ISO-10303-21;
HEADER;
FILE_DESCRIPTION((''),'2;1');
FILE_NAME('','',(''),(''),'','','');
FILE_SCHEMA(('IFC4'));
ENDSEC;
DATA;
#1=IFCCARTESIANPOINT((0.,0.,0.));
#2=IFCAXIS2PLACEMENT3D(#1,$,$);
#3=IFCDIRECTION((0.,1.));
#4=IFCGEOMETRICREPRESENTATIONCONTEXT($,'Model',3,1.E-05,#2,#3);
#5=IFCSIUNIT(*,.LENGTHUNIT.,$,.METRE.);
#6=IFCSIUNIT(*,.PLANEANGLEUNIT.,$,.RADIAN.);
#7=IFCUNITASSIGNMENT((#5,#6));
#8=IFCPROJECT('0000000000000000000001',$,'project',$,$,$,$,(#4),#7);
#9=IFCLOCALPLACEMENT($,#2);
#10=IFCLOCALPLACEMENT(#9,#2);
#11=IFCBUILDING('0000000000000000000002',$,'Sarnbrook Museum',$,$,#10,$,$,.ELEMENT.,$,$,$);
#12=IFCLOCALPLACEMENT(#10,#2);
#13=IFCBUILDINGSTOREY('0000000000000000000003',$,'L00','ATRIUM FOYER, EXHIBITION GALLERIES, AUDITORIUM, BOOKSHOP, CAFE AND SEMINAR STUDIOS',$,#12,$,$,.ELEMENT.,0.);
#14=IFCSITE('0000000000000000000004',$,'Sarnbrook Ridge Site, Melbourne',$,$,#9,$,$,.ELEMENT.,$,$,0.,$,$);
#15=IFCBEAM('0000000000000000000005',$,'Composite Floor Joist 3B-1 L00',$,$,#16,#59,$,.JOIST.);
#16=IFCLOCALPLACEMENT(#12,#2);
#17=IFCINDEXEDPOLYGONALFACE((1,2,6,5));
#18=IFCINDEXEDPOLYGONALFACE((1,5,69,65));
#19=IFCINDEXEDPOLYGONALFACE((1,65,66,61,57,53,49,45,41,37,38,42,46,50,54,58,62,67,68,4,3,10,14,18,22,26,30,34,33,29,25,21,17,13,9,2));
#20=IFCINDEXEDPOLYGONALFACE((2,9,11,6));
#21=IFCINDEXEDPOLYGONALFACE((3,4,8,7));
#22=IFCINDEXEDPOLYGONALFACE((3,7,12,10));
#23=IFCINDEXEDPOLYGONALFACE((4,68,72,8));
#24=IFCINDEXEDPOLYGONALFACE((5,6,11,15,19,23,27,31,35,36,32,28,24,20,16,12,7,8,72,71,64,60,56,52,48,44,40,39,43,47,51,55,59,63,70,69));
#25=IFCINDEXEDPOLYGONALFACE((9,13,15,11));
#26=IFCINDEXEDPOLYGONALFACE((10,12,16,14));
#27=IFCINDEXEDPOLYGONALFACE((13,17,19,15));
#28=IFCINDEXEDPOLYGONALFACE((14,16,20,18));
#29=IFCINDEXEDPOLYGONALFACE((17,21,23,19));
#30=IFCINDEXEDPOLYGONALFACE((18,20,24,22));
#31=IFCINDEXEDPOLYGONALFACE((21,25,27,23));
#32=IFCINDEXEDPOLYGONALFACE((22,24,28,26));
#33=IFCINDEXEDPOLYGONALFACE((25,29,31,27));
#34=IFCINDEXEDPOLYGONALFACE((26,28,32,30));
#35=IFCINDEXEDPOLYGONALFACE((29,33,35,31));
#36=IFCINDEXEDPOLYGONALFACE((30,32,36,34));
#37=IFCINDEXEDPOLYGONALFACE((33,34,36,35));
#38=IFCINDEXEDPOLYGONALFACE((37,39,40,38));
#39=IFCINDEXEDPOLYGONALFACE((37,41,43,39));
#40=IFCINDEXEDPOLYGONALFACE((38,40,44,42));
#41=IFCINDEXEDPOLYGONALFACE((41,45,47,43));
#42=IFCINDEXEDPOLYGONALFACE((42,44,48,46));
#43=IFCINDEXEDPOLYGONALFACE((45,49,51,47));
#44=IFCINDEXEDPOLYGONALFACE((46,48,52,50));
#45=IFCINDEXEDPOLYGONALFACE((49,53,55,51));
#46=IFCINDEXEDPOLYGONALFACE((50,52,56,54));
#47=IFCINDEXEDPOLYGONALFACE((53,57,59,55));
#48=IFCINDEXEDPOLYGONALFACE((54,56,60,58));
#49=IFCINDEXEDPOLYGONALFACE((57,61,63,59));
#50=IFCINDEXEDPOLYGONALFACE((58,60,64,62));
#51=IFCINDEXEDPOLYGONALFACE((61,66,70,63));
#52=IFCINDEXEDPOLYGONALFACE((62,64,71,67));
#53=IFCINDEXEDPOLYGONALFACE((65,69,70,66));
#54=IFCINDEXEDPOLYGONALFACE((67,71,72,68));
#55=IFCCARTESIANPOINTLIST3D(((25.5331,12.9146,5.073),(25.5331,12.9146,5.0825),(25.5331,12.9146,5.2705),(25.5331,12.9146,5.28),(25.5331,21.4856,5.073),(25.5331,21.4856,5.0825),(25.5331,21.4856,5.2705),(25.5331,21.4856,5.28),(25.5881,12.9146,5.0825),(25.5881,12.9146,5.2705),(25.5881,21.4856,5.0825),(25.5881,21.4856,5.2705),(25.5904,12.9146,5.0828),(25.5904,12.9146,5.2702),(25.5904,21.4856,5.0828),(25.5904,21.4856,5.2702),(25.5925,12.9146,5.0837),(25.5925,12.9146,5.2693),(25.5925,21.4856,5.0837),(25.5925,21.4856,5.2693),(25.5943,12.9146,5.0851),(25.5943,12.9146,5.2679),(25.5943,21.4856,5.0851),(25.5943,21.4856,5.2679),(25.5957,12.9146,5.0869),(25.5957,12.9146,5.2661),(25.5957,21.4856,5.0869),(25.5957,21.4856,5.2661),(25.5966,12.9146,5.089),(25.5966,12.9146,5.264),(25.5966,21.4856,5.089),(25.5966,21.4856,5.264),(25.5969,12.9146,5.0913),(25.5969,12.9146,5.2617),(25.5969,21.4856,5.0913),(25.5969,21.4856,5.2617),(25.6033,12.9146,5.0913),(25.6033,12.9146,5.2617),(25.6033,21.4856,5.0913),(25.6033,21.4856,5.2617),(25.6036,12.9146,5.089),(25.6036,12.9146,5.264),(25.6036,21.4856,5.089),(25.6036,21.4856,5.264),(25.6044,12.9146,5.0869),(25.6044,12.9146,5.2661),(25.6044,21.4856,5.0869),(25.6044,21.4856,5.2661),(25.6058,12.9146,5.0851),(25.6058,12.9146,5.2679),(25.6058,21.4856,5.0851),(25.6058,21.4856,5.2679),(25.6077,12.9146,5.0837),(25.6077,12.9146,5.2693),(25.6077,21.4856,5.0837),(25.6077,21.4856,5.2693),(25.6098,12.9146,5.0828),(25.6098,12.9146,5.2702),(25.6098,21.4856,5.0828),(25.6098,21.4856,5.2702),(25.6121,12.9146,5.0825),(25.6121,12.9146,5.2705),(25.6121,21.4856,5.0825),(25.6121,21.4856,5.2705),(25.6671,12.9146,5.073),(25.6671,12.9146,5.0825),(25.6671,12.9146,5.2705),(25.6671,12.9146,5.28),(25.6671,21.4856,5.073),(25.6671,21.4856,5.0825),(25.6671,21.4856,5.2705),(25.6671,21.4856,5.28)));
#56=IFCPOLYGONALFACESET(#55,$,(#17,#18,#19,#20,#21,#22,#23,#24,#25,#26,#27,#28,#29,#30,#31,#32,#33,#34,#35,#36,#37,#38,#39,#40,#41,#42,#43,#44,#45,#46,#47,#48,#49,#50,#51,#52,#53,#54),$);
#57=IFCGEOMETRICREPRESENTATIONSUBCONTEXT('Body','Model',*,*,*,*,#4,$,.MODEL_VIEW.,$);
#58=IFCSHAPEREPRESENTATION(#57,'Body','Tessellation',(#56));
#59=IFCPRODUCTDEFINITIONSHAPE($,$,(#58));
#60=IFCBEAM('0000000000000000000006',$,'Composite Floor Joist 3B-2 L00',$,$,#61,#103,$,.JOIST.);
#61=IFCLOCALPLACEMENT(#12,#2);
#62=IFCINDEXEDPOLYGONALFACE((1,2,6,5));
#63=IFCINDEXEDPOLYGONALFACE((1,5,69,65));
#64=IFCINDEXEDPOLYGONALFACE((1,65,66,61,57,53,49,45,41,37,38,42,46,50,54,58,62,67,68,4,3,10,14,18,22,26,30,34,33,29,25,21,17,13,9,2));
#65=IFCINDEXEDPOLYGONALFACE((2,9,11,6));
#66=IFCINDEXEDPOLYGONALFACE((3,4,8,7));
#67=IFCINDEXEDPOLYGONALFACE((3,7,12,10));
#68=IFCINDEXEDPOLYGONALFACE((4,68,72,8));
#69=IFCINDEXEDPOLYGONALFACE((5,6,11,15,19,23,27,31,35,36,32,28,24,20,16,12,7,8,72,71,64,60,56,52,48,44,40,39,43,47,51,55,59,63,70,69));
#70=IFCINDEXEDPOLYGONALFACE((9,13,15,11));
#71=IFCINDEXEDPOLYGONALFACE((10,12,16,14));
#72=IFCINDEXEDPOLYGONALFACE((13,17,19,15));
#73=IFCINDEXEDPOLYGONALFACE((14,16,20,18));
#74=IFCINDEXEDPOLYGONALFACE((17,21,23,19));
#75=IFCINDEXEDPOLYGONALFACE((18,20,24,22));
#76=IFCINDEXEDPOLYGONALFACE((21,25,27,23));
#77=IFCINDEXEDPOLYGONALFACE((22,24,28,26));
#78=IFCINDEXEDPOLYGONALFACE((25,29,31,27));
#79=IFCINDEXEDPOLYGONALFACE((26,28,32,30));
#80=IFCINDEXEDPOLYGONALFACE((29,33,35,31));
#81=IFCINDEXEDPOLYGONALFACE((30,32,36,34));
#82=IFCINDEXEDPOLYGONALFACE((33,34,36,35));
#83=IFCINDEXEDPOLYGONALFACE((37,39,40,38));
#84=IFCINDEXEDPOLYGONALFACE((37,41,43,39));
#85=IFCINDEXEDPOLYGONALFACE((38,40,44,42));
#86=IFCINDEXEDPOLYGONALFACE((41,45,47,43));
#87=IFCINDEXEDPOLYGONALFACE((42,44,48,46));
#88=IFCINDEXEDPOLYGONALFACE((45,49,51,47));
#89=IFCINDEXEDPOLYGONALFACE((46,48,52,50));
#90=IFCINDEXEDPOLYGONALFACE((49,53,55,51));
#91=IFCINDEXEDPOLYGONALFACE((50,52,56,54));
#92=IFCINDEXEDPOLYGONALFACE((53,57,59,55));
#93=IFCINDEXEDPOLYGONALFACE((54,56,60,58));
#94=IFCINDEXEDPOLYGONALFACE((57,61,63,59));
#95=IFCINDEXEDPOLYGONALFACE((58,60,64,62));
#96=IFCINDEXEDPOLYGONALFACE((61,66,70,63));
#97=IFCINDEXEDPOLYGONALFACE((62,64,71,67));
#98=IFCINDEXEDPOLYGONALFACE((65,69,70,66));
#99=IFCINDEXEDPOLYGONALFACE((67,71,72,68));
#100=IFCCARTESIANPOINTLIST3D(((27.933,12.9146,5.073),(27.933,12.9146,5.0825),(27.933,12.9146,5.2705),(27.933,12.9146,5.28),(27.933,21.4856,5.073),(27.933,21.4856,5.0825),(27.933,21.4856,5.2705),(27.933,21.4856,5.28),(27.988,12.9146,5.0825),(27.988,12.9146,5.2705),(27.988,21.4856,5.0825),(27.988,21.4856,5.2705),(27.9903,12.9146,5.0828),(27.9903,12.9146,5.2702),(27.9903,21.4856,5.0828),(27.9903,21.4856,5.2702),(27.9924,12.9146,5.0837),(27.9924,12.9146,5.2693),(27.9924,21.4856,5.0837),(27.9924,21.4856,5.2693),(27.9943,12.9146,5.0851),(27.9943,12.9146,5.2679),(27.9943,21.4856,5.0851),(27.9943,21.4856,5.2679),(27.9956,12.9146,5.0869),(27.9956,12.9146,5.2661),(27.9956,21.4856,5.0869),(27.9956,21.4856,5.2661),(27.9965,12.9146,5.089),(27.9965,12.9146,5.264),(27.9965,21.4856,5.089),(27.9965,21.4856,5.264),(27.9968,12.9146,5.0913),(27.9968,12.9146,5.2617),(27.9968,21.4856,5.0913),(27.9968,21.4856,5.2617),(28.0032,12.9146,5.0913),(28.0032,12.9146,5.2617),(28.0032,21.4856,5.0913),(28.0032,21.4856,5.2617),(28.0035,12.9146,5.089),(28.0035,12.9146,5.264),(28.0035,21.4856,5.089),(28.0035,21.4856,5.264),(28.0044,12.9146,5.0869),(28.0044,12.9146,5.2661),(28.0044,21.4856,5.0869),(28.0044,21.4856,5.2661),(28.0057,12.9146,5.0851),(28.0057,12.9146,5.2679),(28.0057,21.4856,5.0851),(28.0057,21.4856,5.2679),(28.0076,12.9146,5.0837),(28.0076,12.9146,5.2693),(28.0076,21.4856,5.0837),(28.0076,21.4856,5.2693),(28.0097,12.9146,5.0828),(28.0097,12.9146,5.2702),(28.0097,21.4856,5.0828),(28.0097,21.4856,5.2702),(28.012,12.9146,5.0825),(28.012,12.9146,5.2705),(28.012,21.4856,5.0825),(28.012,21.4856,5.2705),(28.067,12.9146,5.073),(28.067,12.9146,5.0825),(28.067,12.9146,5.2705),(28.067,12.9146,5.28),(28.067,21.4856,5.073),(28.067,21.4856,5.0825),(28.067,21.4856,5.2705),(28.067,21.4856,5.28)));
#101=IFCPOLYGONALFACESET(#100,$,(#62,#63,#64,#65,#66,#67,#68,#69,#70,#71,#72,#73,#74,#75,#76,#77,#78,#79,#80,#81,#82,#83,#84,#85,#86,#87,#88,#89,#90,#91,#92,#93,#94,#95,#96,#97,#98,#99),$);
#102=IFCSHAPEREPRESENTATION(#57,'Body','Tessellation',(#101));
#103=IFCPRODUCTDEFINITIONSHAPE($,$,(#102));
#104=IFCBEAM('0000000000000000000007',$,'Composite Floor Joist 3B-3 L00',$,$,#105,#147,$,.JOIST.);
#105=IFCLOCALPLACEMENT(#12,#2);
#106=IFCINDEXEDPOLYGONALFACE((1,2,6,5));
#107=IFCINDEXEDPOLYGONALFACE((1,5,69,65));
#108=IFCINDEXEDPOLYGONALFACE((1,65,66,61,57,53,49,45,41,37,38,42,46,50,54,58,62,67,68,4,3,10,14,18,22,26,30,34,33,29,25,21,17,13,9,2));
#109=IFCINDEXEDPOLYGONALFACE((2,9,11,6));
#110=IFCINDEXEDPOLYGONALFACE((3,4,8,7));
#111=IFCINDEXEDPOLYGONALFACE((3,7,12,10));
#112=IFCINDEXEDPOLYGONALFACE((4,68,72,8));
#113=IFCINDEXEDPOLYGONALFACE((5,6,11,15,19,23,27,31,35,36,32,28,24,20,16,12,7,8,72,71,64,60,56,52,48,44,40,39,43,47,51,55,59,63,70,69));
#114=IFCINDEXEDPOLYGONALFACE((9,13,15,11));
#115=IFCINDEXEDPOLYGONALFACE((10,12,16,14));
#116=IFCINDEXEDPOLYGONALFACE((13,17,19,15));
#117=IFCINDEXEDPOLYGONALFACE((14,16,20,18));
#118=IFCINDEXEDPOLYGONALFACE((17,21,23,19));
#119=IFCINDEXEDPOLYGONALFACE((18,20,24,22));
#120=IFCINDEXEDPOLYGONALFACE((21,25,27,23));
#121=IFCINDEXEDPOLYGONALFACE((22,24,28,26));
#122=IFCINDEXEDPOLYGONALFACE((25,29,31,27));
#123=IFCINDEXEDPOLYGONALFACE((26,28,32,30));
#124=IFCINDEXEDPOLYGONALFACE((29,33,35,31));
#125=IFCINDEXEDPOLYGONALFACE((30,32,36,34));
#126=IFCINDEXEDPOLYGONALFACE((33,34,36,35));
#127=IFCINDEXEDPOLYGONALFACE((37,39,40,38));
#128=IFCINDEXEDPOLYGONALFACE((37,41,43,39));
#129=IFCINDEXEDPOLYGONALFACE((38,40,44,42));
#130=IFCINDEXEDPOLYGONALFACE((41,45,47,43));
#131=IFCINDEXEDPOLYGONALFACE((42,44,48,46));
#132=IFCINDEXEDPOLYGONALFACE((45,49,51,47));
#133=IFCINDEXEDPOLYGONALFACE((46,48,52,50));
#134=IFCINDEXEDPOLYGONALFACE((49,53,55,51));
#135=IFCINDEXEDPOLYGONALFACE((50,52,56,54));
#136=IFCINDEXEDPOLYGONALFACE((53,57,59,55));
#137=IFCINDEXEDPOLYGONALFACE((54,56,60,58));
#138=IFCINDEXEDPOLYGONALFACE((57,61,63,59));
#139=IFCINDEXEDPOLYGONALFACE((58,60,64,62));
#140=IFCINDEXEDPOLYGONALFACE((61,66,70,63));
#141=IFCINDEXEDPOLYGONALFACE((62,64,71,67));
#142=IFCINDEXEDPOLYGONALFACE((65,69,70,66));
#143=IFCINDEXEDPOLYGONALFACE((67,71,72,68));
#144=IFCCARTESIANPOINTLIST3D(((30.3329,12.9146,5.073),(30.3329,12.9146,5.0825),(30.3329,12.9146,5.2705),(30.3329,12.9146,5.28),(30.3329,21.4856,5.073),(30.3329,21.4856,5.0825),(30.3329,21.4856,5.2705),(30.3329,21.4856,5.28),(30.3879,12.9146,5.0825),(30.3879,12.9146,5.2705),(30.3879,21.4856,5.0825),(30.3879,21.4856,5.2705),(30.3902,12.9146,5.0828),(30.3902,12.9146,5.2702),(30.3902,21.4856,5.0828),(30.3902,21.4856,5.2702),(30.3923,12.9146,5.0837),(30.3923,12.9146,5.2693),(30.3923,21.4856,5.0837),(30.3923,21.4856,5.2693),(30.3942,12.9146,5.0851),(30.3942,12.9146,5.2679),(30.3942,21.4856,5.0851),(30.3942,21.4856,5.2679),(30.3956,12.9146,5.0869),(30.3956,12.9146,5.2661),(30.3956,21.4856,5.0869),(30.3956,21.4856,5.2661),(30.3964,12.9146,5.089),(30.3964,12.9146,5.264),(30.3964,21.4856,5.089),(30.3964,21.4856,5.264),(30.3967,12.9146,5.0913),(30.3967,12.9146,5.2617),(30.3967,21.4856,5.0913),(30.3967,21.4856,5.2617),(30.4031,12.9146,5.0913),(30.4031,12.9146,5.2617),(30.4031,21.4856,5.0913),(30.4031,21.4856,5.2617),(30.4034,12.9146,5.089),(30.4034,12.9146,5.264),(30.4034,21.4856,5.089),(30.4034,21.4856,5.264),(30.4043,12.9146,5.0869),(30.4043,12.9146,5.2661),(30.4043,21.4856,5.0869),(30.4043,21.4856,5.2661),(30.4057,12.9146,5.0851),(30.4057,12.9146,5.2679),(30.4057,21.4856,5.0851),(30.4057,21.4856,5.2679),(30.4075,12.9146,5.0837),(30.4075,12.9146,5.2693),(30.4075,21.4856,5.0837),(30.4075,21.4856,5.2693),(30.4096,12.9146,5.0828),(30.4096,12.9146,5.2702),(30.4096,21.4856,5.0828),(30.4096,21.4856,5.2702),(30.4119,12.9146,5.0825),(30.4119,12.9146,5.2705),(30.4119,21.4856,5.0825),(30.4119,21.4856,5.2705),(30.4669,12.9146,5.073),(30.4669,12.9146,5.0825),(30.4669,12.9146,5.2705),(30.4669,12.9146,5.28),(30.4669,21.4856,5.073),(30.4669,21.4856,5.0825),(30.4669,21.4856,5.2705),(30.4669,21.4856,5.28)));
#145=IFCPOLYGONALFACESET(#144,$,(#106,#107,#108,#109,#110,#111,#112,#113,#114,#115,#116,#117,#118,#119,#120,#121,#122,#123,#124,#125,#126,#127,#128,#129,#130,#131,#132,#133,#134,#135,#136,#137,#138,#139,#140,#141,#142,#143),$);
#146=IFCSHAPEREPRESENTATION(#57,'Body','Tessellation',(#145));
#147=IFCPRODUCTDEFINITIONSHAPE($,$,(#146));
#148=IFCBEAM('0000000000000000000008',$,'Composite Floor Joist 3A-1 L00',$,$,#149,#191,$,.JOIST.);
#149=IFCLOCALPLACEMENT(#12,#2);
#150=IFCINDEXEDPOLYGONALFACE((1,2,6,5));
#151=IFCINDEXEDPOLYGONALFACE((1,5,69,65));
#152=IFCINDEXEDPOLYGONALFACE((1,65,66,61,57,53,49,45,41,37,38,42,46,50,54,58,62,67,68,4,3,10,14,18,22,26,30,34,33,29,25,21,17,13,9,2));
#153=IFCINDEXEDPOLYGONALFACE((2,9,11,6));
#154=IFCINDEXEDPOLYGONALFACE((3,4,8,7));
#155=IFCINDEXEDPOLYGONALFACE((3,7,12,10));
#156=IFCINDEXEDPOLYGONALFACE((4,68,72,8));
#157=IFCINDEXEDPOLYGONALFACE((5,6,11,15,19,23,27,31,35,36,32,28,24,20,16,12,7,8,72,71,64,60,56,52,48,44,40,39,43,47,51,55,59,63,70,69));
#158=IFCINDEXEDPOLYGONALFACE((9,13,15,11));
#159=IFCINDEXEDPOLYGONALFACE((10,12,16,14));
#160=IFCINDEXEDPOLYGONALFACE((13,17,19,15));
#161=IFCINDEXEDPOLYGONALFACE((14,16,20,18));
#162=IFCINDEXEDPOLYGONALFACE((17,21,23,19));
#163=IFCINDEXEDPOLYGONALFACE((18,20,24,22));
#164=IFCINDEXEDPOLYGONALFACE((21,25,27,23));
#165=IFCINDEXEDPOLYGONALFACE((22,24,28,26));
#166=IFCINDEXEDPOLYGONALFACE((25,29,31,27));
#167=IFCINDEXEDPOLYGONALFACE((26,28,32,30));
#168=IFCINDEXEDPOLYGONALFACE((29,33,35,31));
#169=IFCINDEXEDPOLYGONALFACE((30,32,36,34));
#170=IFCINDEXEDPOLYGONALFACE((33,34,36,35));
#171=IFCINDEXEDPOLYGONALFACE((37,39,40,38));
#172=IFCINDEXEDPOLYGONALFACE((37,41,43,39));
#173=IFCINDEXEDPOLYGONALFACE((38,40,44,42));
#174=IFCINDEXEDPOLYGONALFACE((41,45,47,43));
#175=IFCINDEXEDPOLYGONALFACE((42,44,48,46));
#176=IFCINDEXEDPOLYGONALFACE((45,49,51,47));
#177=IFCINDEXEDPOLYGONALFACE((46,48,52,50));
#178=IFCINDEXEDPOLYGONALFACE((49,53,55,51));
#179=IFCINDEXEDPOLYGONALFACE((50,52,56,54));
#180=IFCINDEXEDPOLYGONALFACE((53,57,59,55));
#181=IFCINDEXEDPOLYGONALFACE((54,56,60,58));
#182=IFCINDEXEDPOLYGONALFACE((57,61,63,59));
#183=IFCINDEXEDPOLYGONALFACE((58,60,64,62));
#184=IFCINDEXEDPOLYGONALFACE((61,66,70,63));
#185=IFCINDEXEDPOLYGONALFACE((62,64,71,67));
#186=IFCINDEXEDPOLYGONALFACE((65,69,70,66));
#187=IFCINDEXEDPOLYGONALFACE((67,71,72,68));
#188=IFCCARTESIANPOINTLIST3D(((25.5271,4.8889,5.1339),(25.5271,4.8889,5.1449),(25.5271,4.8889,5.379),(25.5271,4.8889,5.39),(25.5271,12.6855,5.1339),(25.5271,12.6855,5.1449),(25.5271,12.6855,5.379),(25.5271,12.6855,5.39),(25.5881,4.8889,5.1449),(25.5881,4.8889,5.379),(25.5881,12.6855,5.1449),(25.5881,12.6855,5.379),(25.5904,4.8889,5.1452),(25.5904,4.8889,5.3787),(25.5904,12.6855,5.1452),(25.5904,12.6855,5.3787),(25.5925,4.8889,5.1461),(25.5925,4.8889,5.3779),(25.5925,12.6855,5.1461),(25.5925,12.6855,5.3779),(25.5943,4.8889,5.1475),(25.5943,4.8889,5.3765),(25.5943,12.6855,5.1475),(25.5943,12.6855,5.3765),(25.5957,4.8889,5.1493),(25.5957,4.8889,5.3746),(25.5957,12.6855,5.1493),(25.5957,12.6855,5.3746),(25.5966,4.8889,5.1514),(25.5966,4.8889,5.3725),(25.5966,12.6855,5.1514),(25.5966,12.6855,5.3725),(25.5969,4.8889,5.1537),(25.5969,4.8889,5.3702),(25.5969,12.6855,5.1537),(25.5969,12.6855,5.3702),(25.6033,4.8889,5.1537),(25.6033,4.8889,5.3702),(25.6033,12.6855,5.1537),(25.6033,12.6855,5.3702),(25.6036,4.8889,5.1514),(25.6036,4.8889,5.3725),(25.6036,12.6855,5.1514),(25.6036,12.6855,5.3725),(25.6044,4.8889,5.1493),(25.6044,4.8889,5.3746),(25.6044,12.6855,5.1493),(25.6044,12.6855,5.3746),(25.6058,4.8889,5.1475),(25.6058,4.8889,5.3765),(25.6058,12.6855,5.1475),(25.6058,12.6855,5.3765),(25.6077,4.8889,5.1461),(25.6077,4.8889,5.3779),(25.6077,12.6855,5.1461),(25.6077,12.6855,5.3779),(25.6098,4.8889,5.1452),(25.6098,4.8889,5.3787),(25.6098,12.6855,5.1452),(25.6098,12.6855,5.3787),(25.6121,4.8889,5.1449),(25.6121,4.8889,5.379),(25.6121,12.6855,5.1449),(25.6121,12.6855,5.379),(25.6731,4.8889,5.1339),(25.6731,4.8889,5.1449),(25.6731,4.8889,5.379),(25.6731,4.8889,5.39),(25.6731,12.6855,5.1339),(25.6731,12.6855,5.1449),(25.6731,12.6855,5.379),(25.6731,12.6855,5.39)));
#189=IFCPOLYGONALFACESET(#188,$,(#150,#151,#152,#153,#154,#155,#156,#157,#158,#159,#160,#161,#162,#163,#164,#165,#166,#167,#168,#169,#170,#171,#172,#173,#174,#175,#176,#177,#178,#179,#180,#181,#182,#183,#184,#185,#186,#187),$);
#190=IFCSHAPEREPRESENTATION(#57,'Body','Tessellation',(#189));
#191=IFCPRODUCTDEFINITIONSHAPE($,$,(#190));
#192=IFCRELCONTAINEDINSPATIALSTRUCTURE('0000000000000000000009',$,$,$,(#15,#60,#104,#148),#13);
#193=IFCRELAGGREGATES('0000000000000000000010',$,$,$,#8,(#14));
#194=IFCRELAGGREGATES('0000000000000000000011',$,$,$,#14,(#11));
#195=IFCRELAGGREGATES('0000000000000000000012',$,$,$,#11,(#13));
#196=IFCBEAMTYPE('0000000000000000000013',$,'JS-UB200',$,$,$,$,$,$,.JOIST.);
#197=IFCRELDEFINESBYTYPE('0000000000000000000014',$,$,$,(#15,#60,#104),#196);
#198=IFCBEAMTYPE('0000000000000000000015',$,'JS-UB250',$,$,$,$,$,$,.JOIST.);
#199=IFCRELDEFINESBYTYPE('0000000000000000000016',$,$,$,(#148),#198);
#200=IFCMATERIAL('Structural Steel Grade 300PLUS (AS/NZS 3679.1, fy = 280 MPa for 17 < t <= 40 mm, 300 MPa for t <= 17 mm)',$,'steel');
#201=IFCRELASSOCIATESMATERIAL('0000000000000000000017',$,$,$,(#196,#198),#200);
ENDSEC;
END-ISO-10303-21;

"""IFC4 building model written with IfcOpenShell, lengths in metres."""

from ifc_helpers import new_model, si_unit, direction, frame, origin, origin_2d, place, context, subcontext, project, spatial, i_section, extrude, material, material_profile, profile_set, type_object, element, save


model = new_model("IFC4")

# Units and contexts
model_context = context("Model", 3, precision=1e-05, world=origin(), true_north=direction((0.0, 1.0)))
body_context = subcontext(model_context, "Body", "Model", "MODEL_VIEW")
ifc_project = project(units=[si_unit("LENGTHUNIT", "METRE"), si_unit("PLANEANGLEUNIT", "RADIAN")], contexts=[model_context])

# Site, building, storey
site_placement = place(None, origin())
site = spatial("IfcSite", under=ifc_project, at=site_placement, Name="Sarnbrook Ridge Site, Melbourne", CompositionType="ELEMENT", RefElevation=0.0)
building_placement = place(site_placement, origin())
building = spatial("IfcBuilding", under=site, at=building_placement, Name="Sarnbrook Museum", CompositionType="ELEMENT")
storey_placement = place(building_placement, origin())
storey = spatial("IfcBuildingStorey", under=building, at=storey_placement, Name="L00", Description="ATRIUM FOYER, EXHIBITION GALLERIES, AUDITORIUM, BOOKSHOP, CAFE AND SEMINAR STUDIOS", CompositionType="ELEMENT", Elevation=0.0)

# Shared definitions
ifc_material_1 = material(Name="Structural Steel Grade 300PLUS (AS/NZS 3679.1, fy = 280 MPa for 17 < t <= 40 mm, 300 MPa for t <= 17 mm)", Category="steel")

# Beams
ifc_material_profile_1 = material_profile(ifc_material_1, i_section(OverallWidth=0.134, OverallDepth=0.207, WebThickness=0.0063, FlangeThickness=0.0095, FilletRadius=0.0088, at=origin_2d()), Name="200UB29.8")
ifc_profile_set_1 = profile_set([ifc_material_profile_1], Name="Structural Steel Grade 300PLUS (AS/NZS 3679.1, fy = 280 MPa for 17 < t <= 40 mm, 300 MPa for t <= 17 mm)")
beam_type_1 = type_object("IfcBeamType", Name="JS-UB200", PredefinedType="JOIST", material=ifc_profile_set_1)
for number, where, z_axis, x_axis, name in (
    (1, (25.6001, 12.9146, 5.1765), (0.0, 1.0, 0.0), (-1.0, 0.0, 0.0), "Composite Floor Joist 3B-1 L00"),
    (2, (28.0, 12.9146, 5.1765), (0.0, 1.0, 0.0), (-1.0, 0.0, 0.0), "Composite Floor Joist 3B-2 L00"),
    (3, (30.3999, 12.9146, 5.1765), (0.0, 1.0, 0.0), (-1.0, 0.0, 0.0), "Composite Floor Joist 3B-3 L00"),
):
    element("IfcBeam", number, at=place(storey_placement, frame(where, z_axis=z_axis, x_axis=x_axis)), inside=storey, type_object=beam_type_1, Name=name, PredefinedType="JOIST", context=body_context, shape_type="SweptSolid", body=[
        extrude(i_section(OverallWidth=0.134, OverallDepth=0.207, WebThickness=0.0063, FlangeThickness=0.0095, FilletRadius=0.0088, at=origin_2d()), origin(), (0.0, 0.0, 1.0), 8.571),
    ])
ifc_material_profile_2 = material_profile(ifc_material_1, i_section(OverallWidth=0.146, OverallDepth=0.2561, WebThickness=0.0063, FlangeThickness=0.011, FilletRadius=0.0088, at=origin_2d()), Name="250UB37.3")
ifc_profile_set_2 = profile_set([ifc_material_profile_2], Name="Structural Steel Grade 300PLUS (AS/NZS 3679.1, fy = 280 MPa for 17 < t <= 40 mm, 300 MPa for t <= 17 mm)")
beam_type_2 = type_object("IfcBeamType", Name="JS-UB250", PredefinedType="JOIST", material=ifc_profile_set_2)
for number, where, z_axis, x_axis, name in (
    (4, (25.6001, 4.8889, 5.262), (0.0, 1.0, 0.0), (-1.0, 0.0, 0.0), "Composite Floor Joist 3A-1 L00"),
):
    element("IfcBeam", number, at=place(storey_placement, frame(where, z_axis=z_axis, x_axis=x_axis)), inside=storey, type_object=beam_type_2, Name=name, PredefinedType="JOIST", context=body_context, shape_type="SweptSolid", body=[
        extrude(i_section(OverallWidth=0.146, OverallDepth=0.2561, WebThickness=0.0063, FlangeThickness=0.011, FilletRadius=0.0088, at=origin_2d()), origin(), (0.0, 0.0, 1.0), 7.7966),
    ])

save(model, "model.ifc")
